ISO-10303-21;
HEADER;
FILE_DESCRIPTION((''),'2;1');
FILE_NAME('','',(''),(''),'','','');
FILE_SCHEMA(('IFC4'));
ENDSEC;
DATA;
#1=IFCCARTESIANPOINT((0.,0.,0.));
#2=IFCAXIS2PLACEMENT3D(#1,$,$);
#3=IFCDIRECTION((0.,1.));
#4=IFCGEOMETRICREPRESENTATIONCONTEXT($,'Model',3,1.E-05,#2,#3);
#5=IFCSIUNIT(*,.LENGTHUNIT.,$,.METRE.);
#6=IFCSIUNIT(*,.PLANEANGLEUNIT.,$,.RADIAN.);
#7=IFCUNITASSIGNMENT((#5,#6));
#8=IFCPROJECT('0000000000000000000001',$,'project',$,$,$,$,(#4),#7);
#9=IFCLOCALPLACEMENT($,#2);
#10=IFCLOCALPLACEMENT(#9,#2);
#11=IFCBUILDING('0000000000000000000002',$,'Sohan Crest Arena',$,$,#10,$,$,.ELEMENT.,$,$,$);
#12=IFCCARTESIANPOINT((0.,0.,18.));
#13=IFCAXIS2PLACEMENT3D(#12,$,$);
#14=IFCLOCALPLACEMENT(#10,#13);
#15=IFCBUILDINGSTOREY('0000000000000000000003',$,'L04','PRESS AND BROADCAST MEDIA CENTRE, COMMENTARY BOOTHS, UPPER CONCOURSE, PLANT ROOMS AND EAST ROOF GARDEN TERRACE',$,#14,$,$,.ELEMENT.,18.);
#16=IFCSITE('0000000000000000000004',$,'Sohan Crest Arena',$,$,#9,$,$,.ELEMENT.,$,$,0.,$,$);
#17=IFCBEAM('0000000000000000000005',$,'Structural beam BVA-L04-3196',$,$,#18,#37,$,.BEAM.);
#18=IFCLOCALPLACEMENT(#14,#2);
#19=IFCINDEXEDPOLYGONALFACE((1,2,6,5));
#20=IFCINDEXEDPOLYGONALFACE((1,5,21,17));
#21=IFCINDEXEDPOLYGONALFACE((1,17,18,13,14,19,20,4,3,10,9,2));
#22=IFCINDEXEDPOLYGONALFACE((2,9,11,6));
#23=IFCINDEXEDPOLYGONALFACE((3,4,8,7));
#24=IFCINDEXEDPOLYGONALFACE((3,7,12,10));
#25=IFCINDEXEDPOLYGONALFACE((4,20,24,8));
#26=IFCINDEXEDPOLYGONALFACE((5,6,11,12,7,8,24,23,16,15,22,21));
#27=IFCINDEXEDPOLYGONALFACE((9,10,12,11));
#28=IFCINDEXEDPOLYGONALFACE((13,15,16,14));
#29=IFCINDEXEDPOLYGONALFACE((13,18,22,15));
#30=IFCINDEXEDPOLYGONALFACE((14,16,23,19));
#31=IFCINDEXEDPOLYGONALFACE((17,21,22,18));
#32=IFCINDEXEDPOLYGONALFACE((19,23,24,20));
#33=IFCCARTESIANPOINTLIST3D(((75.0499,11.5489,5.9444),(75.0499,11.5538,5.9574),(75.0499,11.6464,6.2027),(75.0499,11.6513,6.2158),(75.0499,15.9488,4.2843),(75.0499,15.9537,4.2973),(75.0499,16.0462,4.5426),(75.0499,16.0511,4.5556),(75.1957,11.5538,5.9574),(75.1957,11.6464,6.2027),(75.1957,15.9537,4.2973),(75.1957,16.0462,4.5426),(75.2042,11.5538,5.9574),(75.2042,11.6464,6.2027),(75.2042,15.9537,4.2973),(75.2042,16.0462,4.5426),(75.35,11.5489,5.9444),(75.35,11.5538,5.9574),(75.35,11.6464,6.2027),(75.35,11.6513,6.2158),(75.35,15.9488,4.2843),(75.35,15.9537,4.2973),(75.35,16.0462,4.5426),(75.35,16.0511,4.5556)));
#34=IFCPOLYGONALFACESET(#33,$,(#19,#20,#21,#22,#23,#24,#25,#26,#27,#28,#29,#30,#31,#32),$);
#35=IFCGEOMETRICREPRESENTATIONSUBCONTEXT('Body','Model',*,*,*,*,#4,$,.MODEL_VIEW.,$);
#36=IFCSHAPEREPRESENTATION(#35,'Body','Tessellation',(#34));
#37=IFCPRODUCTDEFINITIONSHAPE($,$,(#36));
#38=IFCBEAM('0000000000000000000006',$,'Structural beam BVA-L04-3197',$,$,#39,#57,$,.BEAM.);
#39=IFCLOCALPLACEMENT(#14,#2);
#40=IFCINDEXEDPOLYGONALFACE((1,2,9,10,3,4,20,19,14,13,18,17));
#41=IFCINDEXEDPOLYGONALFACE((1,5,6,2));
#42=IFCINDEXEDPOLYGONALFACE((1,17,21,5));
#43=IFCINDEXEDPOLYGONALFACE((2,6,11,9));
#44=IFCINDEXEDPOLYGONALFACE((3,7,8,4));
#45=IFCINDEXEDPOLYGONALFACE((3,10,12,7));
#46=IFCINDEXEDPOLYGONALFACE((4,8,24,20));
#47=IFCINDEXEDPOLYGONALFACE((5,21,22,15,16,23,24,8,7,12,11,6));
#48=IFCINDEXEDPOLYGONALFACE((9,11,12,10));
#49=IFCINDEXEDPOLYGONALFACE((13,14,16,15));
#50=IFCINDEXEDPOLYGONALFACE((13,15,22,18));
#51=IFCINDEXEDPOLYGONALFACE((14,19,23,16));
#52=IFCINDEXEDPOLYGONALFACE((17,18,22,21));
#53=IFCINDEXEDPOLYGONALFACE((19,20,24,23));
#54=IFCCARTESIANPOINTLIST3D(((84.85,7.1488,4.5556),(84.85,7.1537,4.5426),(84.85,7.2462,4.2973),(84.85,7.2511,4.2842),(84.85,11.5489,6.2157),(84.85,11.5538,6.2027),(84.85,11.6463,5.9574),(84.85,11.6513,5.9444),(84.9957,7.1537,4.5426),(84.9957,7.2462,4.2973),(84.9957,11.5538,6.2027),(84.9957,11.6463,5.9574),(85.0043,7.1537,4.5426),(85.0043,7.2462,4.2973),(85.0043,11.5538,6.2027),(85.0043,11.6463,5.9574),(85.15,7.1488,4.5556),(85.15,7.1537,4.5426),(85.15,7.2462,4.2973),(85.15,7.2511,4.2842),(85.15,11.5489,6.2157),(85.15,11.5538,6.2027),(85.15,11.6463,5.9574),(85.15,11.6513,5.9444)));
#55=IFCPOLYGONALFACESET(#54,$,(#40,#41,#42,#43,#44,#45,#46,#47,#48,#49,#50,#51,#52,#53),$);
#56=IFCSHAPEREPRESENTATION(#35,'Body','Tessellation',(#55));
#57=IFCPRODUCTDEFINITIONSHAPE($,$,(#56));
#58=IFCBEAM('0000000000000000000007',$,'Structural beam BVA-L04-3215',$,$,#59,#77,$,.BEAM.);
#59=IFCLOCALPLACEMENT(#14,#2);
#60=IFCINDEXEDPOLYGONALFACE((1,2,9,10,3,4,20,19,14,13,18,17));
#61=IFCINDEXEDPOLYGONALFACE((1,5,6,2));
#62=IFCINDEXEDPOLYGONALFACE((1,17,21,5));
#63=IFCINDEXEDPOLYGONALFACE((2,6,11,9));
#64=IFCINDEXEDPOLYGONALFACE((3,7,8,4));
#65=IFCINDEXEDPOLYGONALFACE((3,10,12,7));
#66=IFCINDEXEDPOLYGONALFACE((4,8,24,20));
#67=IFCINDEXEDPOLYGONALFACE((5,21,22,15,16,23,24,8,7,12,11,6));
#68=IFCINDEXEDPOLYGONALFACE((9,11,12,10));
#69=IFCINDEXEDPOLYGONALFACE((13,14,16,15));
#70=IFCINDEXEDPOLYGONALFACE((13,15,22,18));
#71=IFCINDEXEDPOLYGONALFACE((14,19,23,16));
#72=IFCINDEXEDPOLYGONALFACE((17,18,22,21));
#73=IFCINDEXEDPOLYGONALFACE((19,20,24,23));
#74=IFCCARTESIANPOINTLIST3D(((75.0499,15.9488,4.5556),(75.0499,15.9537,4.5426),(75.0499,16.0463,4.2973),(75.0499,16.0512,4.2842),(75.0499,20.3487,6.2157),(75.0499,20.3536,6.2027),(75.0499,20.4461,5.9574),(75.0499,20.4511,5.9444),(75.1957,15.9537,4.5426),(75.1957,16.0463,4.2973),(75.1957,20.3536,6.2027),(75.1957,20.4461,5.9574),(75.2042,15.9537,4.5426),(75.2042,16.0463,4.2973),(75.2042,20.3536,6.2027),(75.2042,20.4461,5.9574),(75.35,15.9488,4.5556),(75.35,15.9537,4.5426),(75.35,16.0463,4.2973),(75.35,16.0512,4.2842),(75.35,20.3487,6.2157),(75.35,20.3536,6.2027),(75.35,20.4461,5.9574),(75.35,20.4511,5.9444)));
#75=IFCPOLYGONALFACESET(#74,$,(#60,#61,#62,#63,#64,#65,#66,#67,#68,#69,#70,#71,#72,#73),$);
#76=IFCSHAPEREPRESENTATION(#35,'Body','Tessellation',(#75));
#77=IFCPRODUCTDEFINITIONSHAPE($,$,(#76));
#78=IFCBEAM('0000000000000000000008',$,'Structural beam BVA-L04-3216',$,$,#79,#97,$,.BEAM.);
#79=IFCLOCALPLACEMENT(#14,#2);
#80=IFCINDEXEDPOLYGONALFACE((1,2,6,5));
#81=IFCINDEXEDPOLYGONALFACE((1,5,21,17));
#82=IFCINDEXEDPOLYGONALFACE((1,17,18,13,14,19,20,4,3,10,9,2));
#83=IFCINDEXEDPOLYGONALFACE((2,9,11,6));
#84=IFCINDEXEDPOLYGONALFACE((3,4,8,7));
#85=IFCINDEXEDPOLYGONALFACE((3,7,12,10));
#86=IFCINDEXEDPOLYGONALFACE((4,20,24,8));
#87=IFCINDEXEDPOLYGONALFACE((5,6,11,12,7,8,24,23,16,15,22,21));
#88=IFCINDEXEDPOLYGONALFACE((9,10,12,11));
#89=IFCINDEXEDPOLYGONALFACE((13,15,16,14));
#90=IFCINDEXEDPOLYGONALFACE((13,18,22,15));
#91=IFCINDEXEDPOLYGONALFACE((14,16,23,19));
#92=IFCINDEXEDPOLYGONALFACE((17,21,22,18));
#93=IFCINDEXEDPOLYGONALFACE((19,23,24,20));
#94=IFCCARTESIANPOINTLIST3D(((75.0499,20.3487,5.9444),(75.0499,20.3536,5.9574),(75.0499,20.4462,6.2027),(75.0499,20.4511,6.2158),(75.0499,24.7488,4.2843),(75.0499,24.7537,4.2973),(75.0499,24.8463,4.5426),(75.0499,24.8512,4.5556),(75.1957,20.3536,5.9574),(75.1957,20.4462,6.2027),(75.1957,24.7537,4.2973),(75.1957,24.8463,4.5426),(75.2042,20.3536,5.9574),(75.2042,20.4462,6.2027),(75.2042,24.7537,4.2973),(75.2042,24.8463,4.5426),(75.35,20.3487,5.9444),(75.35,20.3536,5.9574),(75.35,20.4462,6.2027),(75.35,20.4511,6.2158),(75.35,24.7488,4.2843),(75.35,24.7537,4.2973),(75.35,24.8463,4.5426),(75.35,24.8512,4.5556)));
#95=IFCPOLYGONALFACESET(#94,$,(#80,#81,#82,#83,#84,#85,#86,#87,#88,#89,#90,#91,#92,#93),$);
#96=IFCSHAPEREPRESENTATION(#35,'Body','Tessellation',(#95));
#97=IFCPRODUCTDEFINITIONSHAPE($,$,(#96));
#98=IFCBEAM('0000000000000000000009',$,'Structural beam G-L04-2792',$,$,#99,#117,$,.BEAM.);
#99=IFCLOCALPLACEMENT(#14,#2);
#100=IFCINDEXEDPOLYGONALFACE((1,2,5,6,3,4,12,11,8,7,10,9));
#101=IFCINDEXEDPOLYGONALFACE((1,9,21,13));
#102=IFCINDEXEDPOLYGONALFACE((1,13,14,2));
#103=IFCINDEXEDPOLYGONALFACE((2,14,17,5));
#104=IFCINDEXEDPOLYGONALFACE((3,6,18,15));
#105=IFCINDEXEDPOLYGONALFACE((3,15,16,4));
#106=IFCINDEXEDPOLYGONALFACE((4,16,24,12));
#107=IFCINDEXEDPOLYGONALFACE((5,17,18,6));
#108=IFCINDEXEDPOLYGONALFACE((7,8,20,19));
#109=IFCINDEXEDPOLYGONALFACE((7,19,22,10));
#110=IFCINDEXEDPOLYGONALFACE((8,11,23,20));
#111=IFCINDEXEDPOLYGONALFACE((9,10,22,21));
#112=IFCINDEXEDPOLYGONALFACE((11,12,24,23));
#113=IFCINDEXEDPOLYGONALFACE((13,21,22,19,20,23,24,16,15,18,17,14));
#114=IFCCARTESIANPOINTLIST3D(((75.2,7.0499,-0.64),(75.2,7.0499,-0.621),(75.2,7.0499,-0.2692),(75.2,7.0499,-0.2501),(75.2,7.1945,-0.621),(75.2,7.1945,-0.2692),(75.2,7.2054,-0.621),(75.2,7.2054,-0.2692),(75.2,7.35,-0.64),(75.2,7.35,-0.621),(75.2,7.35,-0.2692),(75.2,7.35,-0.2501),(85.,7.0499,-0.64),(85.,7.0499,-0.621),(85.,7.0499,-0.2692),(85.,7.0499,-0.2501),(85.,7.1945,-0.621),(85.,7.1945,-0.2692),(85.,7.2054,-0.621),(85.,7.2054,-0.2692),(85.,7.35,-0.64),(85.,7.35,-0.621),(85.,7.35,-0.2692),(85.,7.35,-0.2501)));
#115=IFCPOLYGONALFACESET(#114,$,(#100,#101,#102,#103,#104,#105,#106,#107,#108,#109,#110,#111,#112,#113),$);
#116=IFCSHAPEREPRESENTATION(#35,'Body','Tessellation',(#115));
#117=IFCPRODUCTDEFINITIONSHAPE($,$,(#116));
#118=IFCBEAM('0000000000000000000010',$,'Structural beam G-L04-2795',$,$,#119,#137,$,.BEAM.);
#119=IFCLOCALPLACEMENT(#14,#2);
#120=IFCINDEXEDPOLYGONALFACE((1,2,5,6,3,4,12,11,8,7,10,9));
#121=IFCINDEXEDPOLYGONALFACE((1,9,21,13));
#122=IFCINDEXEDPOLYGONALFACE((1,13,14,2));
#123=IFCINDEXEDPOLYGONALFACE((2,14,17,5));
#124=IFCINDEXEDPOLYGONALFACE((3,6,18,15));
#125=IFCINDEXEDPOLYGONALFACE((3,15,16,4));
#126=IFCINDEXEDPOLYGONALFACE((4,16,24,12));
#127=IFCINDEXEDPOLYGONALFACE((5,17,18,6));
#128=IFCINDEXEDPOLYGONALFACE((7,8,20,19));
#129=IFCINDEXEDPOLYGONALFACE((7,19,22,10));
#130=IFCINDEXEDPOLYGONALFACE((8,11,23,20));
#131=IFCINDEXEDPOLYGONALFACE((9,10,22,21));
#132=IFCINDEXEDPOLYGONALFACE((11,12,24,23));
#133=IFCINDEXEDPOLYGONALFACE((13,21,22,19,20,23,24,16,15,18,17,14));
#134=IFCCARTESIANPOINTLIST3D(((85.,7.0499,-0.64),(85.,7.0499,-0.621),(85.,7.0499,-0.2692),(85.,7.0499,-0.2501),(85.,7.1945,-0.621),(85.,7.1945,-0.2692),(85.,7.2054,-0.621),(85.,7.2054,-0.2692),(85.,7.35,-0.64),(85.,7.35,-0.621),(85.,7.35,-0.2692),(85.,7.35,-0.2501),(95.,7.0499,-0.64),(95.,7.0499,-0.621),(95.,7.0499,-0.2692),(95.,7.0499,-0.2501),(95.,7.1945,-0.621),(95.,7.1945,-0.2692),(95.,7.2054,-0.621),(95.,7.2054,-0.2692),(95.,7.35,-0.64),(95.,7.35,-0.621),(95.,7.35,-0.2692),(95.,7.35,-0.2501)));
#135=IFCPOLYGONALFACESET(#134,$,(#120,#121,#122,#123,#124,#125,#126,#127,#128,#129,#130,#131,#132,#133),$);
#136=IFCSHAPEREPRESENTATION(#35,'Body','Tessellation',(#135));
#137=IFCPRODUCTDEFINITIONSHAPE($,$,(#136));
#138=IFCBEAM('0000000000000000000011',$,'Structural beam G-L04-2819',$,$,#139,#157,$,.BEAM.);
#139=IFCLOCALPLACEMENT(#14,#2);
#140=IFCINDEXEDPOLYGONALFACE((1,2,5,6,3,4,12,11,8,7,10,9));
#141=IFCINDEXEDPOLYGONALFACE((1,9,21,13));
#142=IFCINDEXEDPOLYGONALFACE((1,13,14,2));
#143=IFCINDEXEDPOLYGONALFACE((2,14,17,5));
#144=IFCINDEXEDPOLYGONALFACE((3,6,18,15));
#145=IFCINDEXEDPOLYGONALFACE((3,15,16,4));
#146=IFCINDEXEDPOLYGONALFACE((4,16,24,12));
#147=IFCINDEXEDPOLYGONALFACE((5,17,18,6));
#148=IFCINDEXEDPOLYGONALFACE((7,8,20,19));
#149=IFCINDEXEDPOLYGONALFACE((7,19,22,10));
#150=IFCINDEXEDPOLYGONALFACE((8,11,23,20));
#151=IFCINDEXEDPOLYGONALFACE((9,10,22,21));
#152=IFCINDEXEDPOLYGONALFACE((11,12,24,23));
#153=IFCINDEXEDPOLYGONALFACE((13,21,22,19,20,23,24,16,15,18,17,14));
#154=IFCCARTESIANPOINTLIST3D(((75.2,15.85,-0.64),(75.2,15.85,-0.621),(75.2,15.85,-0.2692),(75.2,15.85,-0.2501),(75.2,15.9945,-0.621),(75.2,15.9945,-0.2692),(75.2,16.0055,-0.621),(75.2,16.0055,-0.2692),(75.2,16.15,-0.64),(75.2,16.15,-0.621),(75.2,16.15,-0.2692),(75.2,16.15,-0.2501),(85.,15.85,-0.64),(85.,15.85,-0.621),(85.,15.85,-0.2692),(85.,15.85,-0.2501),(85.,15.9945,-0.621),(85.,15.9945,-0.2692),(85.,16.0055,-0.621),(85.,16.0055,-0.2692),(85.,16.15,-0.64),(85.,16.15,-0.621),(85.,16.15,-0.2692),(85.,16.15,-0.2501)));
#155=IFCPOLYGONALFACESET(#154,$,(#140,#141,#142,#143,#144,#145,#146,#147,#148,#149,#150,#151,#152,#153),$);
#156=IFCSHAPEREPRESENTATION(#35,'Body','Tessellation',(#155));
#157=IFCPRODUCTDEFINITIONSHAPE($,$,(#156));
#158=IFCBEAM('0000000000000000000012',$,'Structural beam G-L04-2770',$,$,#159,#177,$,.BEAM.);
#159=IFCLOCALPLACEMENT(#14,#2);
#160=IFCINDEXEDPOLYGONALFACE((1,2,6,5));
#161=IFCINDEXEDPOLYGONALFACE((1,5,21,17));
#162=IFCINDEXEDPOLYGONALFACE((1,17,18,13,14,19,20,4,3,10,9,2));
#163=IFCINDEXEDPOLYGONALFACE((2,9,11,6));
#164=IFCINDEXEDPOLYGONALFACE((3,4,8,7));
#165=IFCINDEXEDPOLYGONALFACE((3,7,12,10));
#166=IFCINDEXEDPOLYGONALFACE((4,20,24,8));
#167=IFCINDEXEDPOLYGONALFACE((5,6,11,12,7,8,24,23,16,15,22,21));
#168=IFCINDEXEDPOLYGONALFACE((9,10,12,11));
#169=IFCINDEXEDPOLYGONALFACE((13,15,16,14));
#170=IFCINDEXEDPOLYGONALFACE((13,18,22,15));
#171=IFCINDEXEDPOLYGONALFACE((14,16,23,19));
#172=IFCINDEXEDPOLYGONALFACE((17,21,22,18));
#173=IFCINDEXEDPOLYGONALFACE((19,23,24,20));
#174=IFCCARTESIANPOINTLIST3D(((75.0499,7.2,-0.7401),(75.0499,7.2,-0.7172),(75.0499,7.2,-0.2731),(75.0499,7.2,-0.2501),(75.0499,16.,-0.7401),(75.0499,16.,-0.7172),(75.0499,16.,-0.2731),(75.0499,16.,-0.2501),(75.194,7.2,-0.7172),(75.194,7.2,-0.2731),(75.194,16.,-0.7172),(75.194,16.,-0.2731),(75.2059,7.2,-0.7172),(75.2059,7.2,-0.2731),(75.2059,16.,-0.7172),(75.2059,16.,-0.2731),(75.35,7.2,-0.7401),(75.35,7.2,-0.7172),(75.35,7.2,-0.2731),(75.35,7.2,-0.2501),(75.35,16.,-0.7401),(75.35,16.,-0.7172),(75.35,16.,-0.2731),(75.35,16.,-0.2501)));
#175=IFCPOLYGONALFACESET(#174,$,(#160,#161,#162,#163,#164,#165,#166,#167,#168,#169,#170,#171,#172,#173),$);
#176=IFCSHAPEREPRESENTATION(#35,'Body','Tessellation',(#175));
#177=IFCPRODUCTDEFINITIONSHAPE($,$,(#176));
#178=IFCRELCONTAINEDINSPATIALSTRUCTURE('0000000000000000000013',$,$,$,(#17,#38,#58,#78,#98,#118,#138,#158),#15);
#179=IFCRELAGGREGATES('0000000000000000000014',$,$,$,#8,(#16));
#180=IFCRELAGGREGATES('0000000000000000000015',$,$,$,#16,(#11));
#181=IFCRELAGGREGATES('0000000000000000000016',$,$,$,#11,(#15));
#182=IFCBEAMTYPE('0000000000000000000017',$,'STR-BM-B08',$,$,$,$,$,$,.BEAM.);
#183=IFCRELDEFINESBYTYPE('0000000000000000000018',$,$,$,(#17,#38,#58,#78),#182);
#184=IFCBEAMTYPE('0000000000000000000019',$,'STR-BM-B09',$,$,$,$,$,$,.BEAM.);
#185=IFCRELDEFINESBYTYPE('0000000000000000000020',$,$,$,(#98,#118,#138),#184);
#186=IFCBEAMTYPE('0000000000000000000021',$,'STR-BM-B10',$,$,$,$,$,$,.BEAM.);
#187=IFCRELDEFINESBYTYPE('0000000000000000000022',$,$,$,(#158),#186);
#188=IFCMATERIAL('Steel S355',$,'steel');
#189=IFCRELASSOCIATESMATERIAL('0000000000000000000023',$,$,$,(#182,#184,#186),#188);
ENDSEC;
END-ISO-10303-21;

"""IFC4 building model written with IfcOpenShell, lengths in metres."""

from ifc_helpers import new_model, si_unit, direction, frame, origin, origin_2d, place, context, subcontext, project, spatial, i_section, extrude, material, material_profile, profile_set, type_object, element, save


model = new_model("IFC4")

# Units and contexts
model_context = context("Model", 3, precision=1e-05, world=origin(), true_north=direction((0.0, 1.0)))
body_context = subcontext(model_context, "Body", "Model", "MODEL_VIEW")
ifc_project = project(units=[si_unit("LENGTHUNIT", "METRE"), si_unit("PLANEANGLEUNIT", "RADIAN")], contexts=[model_context])

# Site, building, storey
site_placement = place(None, origin())
site = spatial("IfcSite", under=ifc_project, at=site_placement, Name="Sohan Crest Arena", CompositionType="ELEMENT", RefElevation=0.0)
building_placement = place(site_placement, origin())
building = spatial("IfcBuilding", under=site, at=building_placement, Name="Sohan Crest Arena", CompositionType="ELEMENT")
storey_placement = place(building_placement, frame((0.0, 0.0, 18.0)))
storey = spatial("IfcBuildingStorey", under=building, at=storey_placement, Name="L04", Description="PRESS AND BROADCAST MEDIA CENTRE, COMMENTARY BOOTHS, UPPER CONCOURSE, PLANT ROOMS AND EAST ROOF GARDEN TERRACE", CompositionType="ELEMENT", Elevation=18.0)

# Shared definitions
ifc_material_1 = material(Name="Steel S355", Category="steel")

# Beams
ifc_material_profile_1 = material_profile(ifc_material_1, i_section(OverallWidth=0.3, OverallDepth=0.29, WebThickness=0.0085, FlangeThickness=0.0139, at=origin_2d()), Name="HEA 300")
ifc_profile_set_1 = profile_set([ifc_material_profile_1], Name="Steel S355")
beam_type_1 = type_object("IfcBeamType", Name="STR-BM-B08", PredefinedType="BEAM", material=ifc_profile_set_1)
beam_1_placement = place(storey_placement, frame((75.2, 11.6001, 6.0801), z_axis=(0.0, 0.935615, -0.353023), x_axis=(-1.0, 0.0, 0.0)))
element("IfcBeam", 1, at=beam_1_placement, inside=storey, type_object=beam_type_1, Name="Structural beam BVA-L04-3196", PredefinedType="BEAM", context=body_context, shape_type="SweptSolid", body=[
    extrude(i_section(OverallWidth=0.3, OverallDepth=0.29, WebThickness=0.0085, FlangeThickness=0.0139, at=origin_2d()), origin(), (0.0, 0.0, 1.0), 4.7026),
])
beam_2_placement = place(storey_placement, frame((85.0, 7.2, 4.4199), z_axis=(0.0, 0.935621, 0.353006), x_axis=(-1.0, 0.0, 0.0)))
element("IfcBeam", 2, at=beam_2_placement, inside=storey, type_object=beam_type_1, Name="Structural beam BVA-L04-3197", PredefinedType="BEAM", context=body_context, shape_type="SweptSolid", body=[
    extrude(i_section(OverallWidth=0.3, OverallDepth=0.29, WebThickness=0.0085, FlangeThickness=0.0139, at=origin_2d()), origin(), (0.0, 0.0, 1.0), 4.7029),
])
beam_3_placement = place(storey_placement, frame((75.2, 16.0, 4.4199), z_axis=(0.0, 0.935615, 0.353023), x_axis=(-1.0, 0.0, 0.0)))
element("IfcBeam", 3, at=beam_3_placement, inside=storey, type_object=beam_type_1, Name="Structural beam BVA-L04-3215", PredefinedType="BEAM", context=body_context, shape_type="SweptSolid", body=[
    extrude(i_section(OverallWidth=0.3, OverallDepth=0.29, WebThickness=0.0085, FlangeThickness=0.0139, at=origin_2d()), origin(), (0.0, 0.0, 1.0), 4.7026),
])
beam_4_placement = place(storey_placement, frame((75.2, 20.3999, 6.0801), z_axis=(0.0, 0.935621, -0.353006), x_axis=(-1.0, 0.0, 0.0)))
element("IfcBeam", 4, at=beam_4_placement, inside=storey, type_object=beam_type_1, Name="Structural beam BVA-L04-3216", PredefinedType="BEAM", context=body_context, shape_type="SweptSolid", body=[
    extrude(i_section(OverallWidth=0.3, OverallDepth=0.29, WebThickness=0.0085, FlangeThickness=0.0139, at=origin_2d()), origin(), (0.0, 0.0, 1.0), 4.7029),
])
ifc_material_profile_2 = material_profile(ifc_material_1, i_section(OverallWidth=0.3, OverallDepth=0.3899, WebThickness=0.011, FlangeThickness=0.019, at=origin_2d()), Name="HEA 400")
ifc_profile_set_2 = profile_set([ifc_material_profile_2], Name="Steel S355")
beam_type_2 = type_object("IfcBeamType", Name="STR-BM-B09", PredefinedType="BEAM", material=ifc_profile_set_2)
beam_5_placement = place(storey_placement, frame((75.2, 7.2, -0.4451), z_axis=(1.0, 0.0, 0.0), x_axis=(0.0, 1.0, 0.0)))
element("IfcBeam", 5, at=beam_5_placement, inside=storey, type_object=beam_type_2, Name="Structural beam G-L04-2792", PredefinedType="BEAM", context=body_context, shape_type="SweptSolid", body=[
    extrude(i_section(OverallWidth=0.3, OverallDepth=0.3899, WebThickness=0.011, FlangeThickness=0.019, at=origin_2d()), origin(), (0.0, 0.0, 1.0), 9.8),
])
beam_6_placement = place(storey_placement, frame((85.0, 7.2, -0.4451), z_axis=(1.0, 0.0, 0.0), x_axis=(0.0, 1.0, 0.0)))
element("IfcBeam", 6, at=beam_6_placement, inside=storey, type_object=beam_type_2, Name="Structural beam G-L04-2795", PredefinedType="BEAM", context=body_context, shape_type="SweptSolid", body=[
    extrude(i_section(OverallWidth=0.3, OverallDepth=0.3899, WebThickness=0.011, FlangeThickness=0.019, at=origin_2d()), origin(), (0.0, 0.0, 1.0), 10.0),
])
beam_7_placement = place(storey_placement, frame((75.2, 16.0, -0.4451), z_axis=(1.0, 0.0, 0.0), x_axis=(0.0, 1.0, 0.0)))
element("IfcBeam", 7, at=beam_7_placement, inside=storey, type_object=beam_type_2, Name="Structural beam G-L04-2819", PredefinedType="BEAM", context=body_context, shape_type="SweptSolid", body=[
    extrude(i_section(OverallWidth=0.3, OverallDepth=0.3899, WebThickness=0.011, FlangeThickness=0.019, at=origin_2d()), origin(), (0.0, 0.0, 1.0), 9.8),
])
ifc_material_profile_3 = material_profile(ifc_material_1, i_section(OverallWidth=0.3, OverallDepth=0.49, WebThickness=0.012, FlangeThickness=0.0229, at=origin_2d()), Name="HEA 500")
ifc_profile_set_3 = profile_set([ifc_material_profile_3], Name="Steel S355")
beam_type_3 = type_object("IfcBeamType", Name="STR-BM-B10", PredefinedType="BEAM", material=ifc_profile_set_3)
for number, where, z_axis, x_axis, name in (
    (8, (75.2, 7.2, -0.4951), (0.0, 1.0, 0.0), (-1.0, 0.0, 0.0), "Structural beam G-L04-2770"),
):
    element("IfcBeam", number, at=place(storey_placement, frame(where, z_axis=z_axis, x_axis=x_axis)), inside=storey, type_object=beam_type_3, Name=name, PredefinedType="BEAM", context=body_context, shape_type="SweptSolid", body=[
        extrude(i_section(OverallWidth=0.3, OverallDepth=0.49, WebThickness=0.012, FlangeThickness=0.0229, at=origin_2d()), origin(), (0.0, 0.0, 1.0), 8.8),
    ])

save(model, "model.ifc")
